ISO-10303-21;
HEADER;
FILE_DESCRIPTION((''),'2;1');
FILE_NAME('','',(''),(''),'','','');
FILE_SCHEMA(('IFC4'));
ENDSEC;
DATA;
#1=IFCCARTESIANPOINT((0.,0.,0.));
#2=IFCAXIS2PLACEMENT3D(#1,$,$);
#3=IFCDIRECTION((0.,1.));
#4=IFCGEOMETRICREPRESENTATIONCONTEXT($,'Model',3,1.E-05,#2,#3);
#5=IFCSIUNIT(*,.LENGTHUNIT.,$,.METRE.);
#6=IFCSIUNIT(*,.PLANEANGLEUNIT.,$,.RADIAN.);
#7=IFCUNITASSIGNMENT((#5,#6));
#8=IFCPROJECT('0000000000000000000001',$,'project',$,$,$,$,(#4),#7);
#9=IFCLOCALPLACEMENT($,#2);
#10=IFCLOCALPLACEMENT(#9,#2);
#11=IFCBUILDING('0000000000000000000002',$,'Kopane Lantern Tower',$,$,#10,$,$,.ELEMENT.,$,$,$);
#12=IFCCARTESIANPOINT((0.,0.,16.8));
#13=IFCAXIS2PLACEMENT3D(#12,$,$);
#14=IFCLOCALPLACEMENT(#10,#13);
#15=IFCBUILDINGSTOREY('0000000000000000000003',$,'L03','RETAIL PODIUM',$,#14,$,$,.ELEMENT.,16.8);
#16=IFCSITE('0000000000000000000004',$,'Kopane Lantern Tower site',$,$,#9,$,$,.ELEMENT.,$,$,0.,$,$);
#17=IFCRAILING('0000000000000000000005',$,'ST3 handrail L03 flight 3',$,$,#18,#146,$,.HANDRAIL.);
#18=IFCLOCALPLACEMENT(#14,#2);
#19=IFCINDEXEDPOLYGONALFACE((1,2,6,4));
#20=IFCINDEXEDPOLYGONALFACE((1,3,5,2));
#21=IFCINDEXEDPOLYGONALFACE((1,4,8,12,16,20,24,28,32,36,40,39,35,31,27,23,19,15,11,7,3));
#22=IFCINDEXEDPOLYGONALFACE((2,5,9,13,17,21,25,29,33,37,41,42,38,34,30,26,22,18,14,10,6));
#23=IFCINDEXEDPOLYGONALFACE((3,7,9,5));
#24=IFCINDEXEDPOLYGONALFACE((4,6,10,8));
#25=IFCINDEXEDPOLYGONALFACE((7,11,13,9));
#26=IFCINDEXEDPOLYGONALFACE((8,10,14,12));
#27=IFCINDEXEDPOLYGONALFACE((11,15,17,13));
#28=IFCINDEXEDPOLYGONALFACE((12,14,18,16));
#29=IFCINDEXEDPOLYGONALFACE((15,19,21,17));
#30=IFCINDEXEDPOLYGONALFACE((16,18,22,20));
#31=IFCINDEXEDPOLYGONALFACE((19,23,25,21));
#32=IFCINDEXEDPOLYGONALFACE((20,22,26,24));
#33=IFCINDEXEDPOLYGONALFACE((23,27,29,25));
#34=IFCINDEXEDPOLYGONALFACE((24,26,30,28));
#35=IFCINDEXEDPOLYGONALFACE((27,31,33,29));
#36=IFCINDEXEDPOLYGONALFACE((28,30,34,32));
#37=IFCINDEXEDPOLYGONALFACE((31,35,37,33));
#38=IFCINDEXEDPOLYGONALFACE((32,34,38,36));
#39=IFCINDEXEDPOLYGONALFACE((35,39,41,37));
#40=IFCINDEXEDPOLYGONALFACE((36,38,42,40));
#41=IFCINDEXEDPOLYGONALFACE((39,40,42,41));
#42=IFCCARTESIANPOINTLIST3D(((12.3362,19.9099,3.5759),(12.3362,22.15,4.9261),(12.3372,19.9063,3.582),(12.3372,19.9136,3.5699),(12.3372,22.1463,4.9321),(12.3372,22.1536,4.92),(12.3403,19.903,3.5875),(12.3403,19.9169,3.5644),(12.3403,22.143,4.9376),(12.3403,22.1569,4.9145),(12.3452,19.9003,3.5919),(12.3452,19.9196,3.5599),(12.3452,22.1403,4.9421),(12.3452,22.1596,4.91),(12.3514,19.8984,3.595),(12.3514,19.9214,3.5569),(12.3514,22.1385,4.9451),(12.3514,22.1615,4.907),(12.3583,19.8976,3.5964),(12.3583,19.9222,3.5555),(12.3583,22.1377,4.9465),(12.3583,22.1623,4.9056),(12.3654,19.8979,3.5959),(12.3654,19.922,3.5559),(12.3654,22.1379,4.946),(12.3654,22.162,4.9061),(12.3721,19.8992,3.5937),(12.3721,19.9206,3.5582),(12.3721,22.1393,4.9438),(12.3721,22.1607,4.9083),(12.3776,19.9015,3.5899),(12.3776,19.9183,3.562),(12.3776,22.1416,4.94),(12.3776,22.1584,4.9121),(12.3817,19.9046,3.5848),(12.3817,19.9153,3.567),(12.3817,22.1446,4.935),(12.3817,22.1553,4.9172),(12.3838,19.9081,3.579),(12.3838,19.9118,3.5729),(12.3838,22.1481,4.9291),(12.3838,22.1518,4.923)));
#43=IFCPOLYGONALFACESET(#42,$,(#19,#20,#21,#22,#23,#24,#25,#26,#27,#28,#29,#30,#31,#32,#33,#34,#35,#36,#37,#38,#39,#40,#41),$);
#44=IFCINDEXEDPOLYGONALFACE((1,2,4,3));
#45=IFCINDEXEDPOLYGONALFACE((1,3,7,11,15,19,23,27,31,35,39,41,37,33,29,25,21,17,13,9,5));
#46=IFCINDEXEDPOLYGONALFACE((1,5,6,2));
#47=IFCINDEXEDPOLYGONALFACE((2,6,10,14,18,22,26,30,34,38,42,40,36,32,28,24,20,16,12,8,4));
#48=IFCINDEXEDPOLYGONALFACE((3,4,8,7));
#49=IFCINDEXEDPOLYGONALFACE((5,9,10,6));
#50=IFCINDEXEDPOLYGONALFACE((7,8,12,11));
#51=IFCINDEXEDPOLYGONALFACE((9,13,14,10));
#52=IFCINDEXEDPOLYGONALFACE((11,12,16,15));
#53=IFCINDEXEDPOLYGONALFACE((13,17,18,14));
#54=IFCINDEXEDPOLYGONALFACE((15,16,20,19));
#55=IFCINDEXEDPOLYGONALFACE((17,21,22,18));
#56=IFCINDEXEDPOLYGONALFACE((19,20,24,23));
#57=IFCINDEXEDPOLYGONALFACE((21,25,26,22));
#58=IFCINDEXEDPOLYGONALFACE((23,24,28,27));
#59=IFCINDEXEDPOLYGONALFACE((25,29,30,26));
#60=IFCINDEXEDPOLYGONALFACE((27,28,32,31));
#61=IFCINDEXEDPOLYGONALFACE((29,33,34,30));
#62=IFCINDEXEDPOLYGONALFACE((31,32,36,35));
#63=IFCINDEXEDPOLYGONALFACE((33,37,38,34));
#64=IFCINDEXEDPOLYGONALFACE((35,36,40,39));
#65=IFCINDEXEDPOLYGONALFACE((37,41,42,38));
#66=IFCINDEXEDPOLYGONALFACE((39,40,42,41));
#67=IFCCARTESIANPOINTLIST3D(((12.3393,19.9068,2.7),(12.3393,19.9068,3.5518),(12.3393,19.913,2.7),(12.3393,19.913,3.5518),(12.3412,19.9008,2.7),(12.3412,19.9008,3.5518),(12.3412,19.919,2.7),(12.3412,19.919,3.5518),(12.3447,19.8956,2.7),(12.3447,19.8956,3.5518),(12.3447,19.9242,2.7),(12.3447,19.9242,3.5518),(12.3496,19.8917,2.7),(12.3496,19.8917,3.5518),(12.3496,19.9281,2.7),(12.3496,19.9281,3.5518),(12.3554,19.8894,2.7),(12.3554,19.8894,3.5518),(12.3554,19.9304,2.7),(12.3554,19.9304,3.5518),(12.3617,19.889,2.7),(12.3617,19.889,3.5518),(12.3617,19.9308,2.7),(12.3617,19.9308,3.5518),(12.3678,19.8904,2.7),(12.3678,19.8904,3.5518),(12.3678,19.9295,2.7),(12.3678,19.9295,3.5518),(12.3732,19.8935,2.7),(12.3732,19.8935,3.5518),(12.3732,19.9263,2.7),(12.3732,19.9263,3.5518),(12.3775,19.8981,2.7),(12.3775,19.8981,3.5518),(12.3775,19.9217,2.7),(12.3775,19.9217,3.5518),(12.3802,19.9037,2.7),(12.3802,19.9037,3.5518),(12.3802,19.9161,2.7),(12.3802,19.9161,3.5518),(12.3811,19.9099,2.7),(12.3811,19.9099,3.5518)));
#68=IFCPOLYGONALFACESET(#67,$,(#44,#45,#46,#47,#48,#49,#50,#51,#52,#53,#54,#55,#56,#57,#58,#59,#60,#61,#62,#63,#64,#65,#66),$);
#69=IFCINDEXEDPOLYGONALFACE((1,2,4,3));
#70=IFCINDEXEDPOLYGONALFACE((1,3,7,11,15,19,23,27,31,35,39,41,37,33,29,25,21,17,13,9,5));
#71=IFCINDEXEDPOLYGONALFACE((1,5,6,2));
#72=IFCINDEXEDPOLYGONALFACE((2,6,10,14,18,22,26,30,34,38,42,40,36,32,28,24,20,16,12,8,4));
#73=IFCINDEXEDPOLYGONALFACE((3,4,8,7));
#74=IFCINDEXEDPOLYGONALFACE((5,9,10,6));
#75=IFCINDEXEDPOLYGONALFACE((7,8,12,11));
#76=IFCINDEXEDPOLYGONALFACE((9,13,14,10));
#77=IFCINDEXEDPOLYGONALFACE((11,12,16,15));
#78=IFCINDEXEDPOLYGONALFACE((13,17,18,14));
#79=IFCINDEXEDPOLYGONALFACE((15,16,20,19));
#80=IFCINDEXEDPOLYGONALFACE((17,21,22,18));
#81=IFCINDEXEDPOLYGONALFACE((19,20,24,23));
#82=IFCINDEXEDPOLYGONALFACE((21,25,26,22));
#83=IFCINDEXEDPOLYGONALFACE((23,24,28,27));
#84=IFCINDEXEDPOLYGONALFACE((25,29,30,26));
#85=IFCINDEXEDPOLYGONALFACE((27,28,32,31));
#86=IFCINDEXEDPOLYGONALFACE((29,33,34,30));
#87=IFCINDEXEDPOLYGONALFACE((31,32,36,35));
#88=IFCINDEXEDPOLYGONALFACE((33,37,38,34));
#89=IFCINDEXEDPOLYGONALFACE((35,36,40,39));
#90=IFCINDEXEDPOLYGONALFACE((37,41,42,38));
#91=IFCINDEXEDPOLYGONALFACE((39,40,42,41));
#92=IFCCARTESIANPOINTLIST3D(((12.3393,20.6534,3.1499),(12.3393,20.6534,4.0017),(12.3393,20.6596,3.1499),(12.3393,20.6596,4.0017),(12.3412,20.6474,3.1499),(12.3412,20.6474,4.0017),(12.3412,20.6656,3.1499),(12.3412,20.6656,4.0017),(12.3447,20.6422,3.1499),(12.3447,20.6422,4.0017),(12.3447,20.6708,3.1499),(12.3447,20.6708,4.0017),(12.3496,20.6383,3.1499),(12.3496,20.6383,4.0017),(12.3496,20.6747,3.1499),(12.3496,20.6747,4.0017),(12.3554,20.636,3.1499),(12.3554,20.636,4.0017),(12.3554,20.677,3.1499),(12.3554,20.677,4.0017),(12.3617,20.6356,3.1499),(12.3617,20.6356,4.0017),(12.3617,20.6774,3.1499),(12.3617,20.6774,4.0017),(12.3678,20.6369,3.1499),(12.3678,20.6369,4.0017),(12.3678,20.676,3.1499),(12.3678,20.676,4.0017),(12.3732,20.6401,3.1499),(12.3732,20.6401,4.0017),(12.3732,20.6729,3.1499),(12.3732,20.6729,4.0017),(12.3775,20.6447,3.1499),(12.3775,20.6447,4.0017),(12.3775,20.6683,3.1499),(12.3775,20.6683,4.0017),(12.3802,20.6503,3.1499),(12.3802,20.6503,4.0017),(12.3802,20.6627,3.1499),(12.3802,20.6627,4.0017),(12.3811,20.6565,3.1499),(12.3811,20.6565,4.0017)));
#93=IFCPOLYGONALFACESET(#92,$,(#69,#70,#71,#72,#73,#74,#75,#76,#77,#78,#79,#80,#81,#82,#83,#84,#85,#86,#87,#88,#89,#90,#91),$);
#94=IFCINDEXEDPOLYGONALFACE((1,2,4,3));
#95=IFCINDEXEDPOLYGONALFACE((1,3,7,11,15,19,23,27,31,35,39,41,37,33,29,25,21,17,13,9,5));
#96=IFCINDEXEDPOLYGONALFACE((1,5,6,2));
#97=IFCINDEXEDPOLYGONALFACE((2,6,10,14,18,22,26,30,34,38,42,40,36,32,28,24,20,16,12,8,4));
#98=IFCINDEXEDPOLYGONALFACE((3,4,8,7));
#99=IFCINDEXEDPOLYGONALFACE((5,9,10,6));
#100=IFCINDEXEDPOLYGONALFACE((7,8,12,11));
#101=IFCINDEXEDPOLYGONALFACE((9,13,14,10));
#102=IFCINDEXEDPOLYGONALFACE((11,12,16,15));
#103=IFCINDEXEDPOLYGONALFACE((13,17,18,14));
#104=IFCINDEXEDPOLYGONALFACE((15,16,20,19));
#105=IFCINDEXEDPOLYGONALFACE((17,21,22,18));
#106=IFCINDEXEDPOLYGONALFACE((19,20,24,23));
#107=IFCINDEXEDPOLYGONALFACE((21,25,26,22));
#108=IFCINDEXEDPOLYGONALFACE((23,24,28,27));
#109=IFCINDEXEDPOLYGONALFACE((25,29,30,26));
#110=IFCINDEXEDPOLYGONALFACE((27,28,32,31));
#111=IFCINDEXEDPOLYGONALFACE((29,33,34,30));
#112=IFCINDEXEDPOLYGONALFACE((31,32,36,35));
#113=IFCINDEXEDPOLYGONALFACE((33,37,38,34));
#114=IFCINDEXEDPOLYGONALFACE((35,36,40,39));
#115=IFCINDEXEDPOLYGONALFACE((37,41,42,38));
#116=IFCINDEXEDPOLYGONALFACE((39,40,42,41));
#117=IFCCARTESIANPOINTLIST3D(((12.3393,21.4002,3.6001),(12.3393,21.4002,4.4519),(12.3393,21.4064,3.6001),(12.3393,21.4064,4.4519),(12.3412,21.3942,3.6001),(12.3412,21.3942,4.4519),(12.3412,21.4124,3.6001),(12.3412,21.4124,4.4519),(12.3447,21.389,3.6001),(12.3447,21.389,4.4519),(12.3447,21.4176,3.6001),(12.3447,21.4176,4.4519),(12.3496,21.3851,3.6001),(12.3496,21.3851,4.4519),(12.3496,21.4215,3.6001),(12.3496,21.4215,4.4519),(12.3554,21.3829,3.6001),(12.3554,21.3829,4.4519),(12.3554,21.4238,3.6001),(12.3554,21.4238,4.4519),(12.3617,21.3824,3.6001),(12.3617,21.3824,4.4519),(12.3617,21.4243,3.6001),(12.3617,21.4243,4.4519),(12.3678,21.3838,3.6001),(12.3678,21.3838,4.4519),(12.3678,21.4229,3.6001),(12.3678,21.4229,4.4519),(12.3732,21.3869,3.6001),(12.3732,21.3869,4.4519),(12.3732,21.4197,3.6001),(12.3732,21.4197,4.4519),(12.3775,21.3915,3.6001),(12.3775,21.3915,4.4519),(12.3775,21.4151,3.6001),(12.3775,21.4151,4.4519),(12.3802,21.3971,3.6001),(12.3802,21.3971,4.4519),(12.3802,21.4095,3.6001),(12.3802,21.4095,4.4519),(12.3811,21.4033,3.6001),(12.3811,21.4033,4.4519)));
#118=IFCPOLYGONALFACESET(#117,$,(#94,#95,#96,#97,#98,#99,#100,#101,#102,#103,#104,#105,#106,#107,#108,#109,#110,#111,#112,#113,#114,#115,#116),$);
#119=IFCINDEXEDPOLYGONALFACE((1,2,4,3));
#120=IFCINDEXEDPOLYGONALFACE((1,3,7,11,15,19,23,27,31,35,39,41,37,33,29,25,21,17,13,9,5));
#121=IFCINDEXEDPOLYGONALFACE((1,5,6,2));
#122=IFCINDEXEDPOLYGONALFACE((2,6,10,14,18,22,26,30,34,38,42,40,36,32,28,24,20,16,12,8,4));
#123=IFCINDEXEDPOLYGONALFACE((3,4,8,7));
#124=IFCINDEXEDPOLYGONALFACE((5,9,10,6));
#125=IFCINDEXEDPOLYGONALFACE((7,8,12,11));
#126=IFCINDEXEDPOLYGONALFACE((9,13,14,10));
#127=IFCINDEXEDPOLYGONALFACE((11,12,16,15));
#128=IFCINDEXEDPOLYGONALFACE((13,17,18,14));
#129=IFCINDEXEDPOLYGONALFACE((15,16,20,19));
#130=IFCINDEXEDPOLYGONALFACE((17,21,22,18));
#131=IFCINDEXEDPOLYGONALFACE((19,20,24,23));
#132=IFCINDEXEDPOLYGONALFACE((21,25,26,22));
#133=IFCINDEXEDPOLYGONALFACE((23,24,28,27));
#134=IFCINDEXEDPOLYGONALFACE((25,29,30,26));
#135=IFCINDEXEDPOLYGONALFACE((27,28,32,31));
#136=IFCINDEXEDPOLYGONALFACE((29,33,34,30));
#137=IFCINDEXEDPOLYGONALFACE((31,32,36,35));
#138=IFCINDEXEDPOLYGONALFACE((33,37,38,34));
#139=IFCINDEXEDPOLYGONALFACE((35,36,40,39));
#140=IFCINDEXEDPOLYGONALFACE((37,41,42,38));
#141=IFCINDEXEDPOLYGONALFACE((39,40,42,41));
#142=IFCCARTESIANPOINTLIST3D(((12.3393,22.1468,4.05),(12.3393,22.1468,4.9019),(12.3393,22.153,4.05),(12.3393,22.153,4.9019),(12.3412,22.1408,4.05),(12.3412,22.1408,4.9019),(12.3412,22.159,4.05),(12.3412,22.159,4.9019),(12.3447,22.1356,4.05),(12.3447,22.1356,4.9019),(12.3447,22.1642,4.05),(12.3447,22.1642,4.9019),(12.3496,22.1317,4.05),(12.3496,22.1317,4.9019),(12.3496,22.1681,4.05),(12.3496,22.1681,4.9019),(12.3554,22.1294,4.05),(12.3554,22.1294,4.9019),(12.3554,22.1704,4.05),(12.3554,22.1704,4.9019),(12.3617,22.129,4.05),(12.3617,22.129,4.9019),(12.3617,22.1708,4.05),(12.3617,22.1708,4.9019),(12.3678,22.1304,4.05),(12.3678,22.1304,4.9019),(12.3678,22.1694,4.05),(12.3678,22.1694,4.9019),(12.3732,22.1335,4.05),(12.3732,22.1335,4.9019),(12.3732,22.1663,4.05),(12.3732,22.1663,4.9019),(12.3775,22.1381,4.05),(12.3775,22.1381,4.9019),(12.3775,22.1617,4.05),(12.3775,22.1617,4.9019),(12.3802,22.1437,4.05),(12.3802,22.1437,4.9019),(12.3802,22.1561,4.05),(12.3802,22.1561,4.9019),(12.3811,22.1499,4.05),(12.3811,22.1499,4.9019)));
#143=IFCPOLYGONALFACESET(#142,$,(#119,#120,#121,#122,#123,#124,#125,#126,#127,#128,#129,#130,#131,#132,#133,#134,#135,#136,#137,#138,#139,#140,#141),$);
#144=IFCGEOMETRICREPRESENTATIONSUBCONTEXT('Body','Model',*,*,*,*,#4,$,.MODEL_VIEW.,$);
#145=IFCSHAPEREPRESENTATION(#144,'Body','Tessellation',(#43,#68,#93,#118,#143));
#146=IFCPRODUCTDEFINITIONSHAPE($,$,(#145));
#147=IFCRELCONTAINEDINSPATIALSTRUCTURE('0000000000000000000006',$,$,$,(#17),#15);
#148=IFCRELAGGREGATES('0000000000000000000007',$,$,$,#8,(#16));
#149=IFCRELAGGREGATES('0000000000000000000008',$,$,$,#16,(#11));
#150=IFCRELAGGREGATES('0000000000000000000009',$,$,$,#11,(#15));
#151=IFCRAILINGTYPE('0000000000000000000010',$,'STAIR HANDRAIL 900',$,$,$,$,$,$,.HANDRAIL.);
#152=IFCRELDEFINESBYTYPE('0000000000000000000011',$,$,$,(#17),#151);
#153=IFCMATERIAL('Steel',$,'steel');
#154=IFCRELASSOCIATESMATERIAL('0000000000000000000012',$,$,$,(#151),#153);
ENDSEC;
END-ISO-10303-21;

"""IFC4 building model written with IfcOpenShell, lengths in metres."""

from ifc_helpers import new_model, si_unit, direction, frame, origin, origin_2d, place, context, subcontext, project, spatial, circle, extrude, material, type_object, element, save


model = new_model("IFC4")

# Units and contexts
model_context = context("Model", 3, precision=1e-05, world=origin(), true_north=direction((0.0, 1.0)))
body_context = subcontext(model_context, "Body", "Model", "MODEL_VIEW")
ifc_project = project(units=[si_unit("LENGTHUNIT", "METRE"), si_unit("PLANEANGLEUNIT", "RADIAN")], contexts=[model_context])

# Site, building, storey
site_placement = place(None, origin())
site = spatial("IfcSite", under=ifc_project, at=site_placement, Name="Kopane Lantern Tower site", CompositionType="ELEMENT", RefElevation=0.0)
building_placement = place(site_placement, origin())
building = spatial("IfcBuilding", under=site, at=building_placement, Name="Kopane Lantern Tower", CompositionType="ELEMENT")
storey_placement = place(building_placement, frame((0.0, 0.0, 16.8)))
storey = spatial("IfcBuildingStorey", under=building, at=storey_placement, Name="L03", Description="RETAIL PODIUM", CompositionType="ELEMENT", Elevation=16.8)

# Railing
ifc_material_1 = material(Name="Steel", Category="steel")
railing_type_1 = type_object("IfcRailingType", Name="STAIR HANDRAIL 900", PredefinedType="HANDRAIL", material=ifc_material_1)
for number, where, name in (
    (1, (12.3601, 19.9099, 2.7), "ST3 handrail L03 flight 3"),
):
    element("IfcRailing", number, at=place(storey_placement, frame(where)), inside=storey, type_object=railing_type_1, Name=name, PredefinedType="HANDRAIL", context=body_context, shape_type="SweptSolid", body=[
        extrude(circle(Radius=0.0239, at=origin_2d()), frame((0.0, 0.0, 0.876), z_axis=(0.0, 0.856462, 0.516211), x_axis=(-1.0, 0.0, 0.0)), (0.0, 0.0, 1.0), 2.6155),
        extrude(circle(Radius=0.021, at=origin_2d()), origin(), (0.0, 0.0, 1.0), 0.8518),
        extrude(circle(Radius=0.021, at=origin_2d()), frame((0.0, 0.7466, 0.45)), (0.0, 0.0, 1.0), 0.8518),
        extrude(circle(Radius=0.021, at=origin_2d()), frame((0.0, 1.4934, 0.9001)), (0.0, 0.0, 1.0), 0.8518),
        extrude(circle(Radius=0.021, at=origin_2d()), frame((0.0, 2.24, 1.3501)), (0.0, 0.0, 1.0), 0.8518),
    ])

save(model, "model.ifc")
